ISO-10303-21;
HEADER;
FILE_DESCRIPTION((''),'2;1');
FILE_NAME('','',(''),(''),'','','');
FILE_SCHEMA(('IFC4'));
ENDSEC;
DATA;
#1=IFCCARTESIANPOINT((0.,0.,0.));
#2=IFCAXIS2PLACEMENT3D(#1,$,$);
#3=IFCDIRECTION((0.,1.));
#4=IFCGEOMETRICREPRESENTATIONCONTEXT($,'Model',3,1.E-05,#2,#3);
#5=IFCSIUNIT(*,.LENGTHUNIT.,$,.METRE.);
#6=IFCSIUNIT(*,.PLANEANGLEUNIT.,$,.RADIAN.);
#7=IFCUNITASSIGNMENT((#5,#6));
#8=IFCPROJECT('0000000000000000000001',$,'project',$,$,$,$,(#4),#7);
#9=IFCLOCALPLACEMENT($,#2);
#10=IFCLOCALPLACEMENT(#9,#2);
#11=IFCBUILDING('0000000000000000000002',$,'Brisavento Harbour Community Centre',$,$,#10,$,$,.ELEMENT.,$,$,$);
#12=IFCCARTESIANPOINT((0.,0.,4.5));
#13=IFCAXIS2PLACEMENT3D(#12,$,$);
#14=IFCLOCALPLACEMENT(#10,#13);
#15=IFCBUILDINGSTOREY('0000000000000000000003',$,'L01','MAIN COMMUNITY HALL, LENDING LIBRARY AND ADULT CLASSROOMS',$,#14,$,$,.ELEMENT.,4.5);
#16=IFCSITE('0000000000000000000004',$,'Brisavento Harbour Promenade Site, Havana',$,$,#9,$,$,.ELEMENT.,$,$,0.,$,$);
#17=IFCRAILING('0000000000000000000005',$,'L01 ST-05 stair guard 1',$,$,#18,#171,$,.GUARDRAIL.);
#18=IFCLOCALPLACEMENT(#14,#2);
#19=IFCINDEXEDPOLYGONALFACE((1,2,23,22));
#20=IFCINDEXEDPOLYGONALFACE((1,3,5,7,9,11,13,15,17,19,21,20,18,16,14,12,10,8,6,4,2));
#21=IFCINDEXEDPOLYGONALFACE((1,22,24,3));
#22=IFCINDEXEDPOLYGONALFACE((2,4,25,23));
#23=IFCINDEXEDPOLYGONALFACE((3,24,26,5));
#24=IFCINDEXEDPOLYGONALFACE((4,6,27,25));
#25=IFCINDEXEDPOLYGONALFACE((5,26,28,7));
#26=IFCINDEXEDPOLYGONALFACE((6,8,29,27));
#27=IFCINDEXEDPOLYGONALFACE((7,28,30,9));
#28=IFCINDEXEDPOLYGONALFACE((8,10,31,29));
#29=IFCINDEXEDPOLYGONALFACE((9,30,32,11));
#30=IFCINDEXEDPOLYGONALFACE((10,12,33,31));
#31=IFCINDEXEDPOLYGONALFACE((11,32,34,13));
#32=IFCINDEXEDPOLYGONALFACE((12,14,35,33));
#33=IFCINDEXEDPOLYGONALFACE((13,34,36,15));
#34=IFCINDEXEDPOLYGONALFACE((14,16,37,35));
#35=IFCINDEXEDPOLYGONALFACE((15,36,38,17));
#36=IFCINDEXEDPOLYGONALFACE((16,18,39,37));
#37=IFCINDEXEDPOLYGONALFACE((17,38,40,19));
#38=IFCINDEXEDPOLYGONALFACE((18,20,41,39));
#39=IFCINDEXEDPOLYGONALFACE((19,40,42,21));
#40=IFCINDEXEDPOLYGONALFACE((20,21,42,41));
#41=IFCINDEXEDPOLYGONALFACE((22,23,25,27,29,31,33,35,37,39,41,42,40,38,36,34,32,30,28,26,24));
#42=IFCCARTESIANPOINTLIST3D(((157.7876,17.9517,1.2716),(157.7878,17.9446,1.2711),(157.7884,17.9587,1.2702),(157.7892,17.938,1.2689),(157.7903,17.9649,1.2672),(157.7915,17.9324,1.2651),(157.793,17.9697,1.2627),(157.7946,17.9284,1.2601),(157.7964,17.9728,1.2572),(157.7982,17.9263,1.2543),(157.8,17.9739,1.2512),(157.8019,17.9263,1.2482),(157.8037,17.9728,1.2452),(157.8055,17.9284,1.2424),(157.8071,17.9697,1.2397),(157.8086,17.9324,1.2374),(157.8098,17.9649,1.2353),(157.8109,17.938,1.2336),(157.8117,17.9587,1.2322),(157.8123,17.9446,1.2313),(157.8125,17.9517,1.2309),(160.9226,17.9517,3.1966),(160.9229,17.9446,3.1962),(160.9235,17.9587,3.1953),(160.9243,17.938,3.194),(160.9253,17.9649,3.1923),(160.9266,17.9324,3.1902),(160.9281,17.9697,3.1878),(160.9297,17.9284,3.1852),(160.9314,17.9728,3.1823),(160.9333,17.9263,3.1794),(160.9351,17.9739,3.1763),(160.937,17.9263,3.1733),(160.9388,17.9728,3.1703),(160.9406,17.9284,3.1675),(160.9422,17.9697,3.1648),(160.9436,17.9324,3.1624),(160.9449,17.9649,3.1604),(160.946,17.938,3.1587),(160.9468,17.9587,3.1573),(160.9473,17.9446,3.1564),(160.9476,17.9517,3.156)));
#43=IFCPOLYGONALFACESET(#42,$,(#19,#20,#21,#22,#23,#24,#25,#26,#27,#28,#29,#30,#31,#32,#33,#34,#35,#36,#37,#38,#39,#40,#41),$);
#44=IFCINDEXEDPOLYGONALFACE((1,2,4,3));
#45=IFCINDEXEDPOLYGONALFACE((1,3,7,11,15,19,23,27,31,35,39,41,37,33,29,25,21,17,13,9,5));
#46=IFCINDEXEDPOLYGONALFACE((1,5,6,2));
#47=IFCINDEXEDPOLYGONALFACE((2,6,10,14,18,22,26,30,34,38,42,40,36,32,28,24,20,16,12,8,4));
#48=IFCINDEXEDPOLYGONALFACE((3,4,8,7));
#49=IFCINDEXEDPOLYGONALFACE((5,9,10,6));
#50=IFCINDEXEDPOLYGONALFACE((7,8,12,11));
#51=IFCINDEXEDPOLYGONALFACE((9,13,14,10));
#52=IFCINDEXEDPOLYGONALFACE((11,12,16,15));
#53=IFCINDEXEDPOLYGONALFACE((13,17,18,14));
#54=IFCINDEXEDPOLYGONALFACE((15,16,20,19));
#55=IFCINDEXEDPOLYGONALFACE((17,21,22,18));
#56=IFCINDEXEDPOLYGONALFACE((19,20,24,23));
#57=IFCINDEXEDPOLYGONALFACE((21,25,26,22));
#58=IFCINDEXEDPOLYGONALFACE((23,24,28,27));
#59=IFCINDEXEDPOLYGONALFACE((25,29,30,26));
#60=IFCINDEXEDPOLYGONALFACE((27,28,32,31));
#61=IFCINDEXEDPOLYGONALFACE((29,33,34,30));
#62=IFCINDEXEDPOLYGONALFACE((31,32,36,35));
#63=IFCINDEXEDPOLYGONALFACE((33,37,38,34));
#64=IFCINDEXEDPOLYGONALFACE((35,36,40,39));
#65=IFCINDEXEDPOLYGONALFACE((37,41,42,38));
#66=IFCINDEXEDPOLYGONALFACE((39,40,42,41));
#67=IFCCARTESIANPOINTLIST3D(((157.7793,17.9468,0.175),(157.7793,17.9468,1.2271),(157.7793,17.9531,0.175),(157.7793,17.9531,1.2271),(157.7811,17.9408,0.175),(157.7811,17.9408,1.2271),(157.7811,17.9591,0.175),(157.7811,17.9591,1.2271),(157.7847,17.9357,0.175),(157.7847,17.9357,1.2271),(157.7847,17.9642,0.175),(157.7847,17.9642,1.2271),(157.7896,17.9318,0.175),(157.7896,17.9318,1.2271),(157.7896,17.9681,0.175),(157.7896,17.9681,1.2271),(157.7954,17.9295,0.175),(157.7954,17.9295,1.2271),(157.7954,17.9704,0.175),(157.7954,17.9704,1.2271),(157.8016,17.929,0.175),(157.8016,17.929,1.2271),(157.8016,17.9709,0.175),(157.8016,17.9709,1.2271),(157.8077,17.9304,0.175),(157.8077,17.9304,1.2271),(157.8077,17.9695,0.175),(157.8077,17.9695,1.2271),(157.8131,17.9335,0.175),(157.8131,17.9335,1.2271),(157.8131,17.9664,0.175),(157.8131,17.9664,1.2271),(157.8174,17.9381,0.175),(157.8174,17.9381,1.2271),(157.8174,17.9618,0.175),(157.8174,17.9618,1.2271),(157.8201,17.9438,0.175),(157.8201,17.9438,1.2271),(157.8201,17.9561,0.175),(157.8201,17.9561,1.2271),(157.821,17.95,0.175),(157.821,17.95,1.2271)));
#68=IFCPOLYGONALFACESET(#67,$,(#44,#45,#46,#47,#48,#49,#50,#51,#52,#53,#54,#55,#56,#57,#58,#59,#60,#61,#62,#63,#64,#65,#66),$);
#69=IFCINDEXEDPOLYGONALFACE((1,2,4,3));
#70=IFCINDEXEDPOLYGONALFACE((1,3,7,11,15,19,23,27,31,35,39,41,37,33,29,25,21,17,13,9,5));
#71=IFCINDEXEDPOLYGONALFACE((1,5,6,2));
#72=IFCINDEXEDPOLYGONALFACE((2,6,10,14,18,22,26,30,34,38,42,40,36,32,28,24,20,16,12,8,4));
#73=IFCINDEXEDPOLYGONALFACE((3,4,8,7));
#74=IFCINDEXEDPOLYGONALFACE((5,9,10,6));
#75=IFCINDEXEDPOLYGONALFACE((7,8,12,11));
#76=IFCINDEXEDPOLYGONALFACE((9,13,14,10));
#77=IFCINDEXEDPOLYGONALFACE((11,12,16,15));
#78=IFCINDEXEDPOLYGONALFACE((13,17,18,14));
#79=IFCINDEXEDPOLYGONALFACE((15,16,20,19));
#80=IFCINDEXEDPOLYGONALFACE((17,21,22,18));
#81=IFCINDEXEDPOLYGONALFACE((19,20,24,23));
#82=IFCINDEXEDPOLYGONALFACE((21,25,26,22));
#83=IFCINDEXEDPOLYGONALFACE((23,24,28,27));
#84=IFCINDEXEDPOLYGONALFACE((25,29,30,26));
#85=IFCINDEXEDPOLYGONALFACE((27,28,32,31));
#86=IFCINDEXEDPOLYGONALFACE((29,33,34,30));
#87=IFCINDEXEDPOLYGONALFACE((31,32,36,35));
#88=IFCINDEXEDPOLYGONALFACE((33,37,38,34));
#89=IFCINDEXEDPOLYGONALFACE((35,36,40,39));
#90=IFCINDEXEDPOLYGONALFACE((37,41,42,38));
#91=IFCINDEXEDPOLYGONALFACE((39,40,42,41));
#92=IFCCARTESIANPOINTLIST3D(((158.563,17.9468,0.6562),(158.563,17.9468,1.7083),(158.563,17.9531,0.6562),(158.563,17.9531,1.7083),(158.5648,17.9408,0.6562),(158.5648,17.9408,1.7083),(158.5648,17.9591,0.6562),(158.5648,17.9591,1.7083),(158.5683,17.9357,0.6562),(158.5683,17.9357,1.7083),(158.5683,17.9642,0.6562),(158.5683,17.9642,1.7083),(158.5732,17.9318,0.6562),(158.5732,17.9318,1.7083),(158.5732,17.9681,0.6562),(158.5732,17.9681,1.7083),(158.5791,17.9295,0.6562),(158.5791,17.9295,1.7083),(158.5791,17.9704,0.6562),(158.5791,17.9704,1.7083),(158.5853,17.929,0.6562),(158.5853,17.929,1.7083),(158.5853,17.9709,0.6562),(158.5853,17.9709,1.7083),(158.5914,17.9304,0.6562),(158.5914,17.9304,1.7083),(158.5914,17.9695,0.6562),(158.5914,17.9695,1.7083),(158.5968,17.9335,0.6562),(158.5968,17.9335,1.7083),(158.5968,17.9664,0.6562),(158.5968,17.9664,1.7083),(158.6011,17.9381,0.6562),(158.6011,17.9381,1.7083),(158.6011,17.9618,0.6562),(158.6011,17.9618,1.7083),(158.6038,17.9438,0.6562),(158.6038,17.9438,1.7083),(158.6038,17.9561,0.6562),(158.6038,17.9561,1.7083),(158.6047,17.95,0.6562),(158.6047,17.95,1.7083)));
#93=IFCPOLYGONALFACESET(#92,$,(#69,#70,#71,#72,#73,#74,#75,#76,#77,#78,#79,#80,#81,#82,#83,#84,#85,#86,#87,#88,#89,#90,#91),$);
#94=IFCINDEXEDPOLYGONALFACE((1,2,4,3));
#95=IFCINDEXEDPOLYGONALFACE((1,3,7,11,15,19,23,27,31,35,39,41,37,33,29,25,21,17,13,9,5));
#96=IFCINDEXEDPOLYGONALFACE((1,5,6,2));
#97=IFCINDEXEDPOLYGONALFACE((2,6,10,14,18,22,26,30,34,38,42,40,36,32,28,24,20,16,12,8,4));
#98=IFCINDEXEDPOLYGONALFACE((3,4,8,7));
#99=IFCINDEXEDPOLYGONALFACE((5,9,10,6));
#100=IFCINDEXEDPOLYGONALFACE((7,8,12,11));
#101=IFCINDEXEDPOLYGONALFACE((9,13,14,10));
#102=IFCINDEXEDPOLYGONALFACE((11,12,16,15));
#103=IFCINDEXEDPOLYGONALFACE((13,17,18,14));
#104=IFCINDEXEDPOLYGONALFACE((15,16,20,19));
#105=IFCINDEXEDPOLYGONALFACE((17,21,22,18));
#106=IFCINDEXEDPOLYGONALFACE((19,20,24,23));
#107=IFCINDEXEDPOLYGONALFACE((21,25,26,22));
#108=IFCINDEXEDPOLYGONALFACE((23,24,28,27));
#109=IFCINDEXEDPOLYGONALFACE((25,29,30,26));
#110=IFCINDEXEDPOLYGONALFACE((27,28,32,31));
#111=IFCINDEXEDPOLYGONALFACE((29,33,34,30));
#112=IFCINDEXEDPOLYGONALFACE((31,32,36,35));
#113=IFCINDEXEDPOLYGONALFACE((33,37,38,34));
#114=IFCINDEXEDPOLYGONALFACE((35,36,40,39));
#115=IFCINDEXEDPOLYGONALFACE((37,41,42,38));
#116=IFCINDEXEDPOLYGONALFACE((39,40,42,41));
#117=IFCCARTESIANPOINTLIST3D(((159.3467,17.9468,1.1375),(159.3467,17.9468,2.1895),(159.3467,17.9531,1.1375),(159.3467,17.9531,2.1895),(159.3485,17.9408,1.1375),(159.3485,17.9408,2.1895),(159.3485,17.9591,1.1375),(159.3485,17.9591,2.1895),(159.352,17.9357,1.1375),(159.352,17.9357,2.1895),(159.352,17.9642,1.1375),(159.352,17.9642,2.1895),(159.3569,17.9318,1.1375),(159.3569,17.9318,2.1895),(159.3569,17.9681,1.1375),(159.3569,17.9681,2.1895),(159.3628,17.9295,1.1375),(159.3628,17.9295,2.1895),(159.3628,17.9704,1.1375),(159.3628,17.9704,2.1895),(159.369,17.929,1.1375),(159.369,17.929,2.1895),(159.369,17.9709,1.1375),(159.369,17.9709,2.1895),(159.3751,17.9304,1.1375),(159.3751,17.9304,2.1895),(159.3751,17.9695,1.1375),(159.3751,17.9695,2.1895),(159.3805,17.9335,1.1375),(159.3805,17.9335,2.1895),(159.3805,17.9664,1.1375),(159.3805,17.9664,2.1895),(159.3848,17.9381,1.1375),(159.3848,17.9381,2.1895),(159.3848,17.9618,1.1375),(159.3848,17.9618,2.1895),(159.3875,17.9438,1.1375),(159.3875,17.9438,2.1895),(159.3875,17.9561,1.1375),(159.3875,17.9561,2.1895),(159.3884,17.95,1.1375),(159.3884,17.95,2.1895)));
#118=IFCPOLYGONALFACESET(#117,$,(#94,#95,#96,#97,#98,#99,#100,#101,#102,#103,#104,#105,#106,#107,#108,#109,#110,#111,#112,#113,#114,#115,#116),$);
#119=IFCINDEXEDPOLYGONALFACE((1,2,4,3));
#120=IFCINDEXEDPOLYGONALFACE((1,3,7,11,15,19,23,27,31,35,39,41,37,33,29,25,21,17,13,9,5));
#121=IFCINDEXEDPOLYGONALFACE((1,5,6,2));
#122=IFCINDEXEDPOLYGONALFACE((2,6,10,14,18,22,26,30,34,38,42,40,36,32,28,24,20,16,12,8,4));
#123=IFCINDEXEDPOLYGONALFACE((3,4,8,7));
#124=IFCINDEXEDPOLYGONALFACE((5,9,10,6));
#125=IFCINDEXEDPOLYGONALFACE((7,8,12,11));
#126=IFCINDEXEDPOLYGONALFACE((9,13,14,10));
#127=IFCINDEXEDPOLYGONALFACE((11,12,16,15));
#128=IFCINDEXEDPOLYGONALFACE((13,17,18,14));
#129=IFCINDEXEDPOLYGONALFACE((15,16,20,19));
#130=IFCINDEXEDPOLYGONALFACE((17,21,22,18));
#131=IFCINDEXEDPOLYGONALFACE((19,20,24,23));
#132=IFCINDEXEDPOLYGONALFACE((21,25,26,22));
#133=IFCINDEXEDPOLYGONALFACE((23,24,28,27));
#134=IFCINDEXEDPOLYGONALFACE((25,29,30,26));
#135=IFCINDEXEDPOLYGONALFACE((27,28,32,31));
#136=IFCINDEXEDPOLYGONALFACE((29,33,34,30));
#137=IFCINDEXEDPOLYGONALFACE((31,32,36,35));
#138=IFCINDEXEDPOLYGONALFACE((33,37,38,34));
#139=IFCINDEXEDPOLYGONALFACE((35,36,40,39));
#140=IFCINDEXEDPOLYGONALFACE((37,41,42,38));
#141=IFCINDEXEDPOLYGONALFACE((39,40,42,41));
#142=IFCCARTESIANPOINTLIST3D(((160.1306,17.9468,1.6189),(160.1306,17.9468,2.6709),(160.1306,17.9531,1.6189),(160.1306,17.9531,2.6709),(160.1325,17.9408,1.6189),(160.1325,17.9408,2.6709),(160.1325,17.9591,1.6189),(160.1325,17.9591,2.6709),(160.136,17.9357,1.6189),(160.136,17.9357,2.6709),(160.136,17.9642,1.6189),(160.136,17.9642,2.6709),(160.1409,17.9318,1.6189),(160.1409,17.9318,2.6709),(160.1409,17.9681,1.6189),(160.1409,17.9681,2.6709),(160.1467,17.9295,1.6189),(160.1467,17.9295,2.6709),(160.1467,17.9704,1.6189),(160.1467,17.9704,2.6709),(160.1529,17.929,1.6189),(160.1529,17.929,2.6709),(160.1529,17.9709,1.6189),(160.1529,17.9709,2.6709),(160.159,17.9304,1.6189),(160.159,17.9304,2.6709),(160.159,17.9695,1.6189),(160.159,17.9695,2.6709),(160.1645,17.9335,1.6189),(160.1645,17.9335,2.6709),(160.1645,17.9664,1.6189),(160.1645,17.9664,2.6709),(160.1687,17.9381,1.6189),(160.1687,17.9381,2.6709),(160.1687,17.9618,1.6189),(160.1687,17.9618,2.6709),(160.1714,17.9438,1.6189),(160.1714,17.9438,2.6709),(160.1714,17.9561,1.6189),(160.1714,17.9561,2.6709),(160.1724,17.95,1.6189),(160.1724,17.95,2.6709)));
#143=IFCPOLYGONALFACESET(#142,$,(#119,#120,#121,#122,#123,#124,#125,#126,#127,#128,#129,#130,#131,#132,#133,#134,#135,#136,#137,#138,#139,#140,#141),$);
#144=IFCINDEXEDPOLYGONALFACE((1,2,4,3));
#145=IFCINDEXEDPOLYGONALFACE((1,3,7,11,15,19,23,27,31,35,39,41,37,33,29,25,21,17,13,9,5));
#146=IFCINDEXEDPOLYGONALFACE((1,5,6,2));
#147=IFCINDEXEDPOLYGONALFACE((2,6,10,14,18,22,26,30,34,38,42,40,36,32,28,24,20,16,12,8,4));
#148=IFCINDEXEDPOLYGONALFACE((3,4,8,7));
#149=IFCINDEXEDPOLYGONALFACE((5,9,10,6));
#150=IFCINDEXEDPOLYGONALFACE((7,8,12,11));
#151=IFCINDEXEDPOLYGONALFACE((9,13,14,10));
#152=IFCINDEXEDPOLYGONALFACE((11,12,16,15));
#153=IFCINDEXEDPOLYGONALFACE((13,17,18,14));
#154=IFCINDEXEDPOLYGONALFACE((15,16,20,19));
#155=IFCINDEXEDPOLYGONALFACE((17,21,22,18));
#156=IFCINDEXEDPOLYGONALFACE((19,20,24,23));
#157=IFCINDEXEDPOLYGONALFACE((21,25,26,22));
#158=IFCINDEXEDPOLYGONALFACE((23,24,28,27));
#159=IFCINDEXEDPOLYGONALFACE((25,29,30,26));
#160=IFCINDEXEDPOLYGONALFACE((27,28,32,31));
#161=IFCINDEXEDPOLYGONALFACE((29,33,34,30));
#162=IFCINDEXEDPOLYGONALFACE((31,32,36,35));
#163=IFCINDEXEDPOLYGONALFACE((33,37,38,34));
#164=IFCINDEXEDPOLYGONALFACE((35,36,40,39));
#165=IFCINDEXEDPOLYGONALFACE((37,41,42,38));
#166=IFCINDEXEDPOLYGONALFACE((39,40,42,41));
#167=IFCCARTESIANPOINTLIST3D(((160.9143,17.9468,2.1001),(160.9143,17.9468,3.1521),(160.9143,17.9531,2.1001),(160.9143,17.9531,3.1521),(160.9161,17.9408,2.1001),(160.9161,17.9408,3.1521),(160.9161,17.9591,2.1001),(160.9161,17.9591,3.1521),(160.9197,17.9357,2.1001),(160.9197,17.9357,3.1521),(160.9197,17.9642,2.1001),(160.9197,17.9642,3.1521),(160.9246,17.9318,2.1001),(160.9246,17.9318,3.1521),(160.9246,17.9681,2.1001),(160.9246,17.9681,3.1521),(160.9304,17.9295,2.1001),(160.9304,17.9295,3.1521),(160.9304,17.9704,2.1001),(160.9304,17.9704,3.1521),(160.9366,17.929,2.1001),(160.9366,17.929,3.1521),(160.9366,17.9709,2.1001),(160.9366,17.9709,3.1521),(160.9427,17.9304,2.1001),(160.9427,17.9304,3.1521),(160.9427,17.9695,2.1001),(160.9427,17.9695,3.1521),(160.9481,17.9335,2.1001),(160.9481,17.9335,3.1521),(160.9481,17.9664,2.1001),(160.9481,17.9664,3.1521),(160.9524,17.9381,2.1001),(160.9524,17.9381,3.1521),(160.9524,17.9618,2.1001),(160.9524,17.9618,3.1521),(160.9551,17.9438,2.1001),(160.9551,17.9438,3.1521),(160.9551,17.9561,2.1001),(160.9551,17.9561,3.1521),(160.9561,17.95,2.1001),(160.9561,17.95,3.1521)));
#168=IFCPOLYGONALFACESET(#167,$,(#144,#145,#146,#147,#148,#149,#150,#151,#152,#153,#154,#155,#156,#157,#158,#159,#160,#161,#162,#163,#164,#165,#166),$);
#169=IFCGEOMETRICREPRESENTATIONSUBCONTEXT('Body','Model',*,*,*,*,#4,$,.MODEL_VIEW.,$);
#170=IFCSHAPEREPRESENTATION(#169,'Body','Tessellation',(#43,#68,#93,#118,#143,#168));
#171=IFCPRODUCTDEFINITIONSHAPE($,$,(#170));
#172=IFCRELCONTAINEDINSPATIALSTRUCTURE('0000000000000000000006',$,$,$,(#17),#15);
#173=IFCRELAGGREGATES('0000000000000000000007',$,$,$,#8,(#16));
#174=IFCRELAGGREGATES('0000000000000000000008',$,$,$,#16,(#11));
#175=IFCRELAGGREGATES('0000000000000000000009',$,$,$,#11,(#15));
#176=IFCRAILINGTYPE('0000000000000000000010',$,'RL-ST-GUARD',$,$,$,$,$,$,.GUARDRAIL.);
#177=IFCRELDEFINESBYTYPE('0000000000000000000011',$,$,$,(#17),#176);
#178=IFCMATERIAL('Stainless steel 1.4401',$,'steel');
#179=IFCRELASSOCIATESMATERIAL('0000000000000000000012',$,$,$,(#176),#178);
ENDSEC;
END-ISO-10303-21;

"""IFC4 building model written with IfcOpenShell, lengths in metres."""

from ifc_helpers import new_model, si_unit, direction, frame, origin, origin_2d, place, context, subcontext, project, spatial, circle, extrude, material, type_object, element, save


model = new_model("IFC4")

# Units and contexts
model_context = context("Model", 3, precision=1e-05, world=origin(), true_north=direction((0.0, 1.0)))
body_context = subcontext(model_context, "Body", "Model", "MODEL_VIEW")
ifc_project = project(units=[si_unit("LENGTHUNIT", "METRE"), si_unit("PLANEANGLEUNIT", "RADIAN")], contexts=[model_context])

# Site, building, storey
site_placement = place(None, origin())
site = spatial("IfcSite", under=ifc_project, at=site_placement, Name="Brisavento Harbour Promenade Site, Havana", CompositionType="ELEMENT", RefElevation=0.0)
building_placement = place(site_placement, origin())
building = spatial("IfcBuilding", under=site, at=building_placement, Name="Brisavento Harbour Community Centre", CompositionType="ELEMENT")
storey_placement = place(building_placement, frame((0.0, 0.0, 4.5)))
storey = spatial("IfcBuildingStorey", under=building, at=storey_placement, Name="L01", Description="MAIN COMMUNITY HALL, LENDING LIBRARY AND ADULT CLASSROOMS", CompositionType="ELEMENT", Elevation=4.5)

# Railing
ifc_material_1 = material(Name="Stainless steel 1.4401", Category="steel")
railing_type_1 = type_object("IfcRailingType", Name="RL-ST-GUARD", PredefinedType="GUARDRAIL", material=ifc_material_1)
railing_1_placement = place(storey_placement, frame((157.8, 17.95, 0.175)))
element("IfcRailing", 1, at=railing_1_placement, inside=storey, type_object=railing_type_1, Name="L01 ST-05 stair guard 1", PredefinedType="GUARDRAIL", context=body_context, shape_type="SweptSolid", body=[
    extrude(circle(Radius=0.0239, at=origin_2d()), frame((0.0, 0.0, 1.0762), z_axis=(0.852166, 0.0, 0.523271), x_axis=(0.0, 1.0, 0.0)), (0.0, 0.0, 1.0), 3.679),
    extrude(circle(Radius=0.021, at=origin_2d()), origin(), (0.0, 0.0, 1.0), 1.052),
    extrude(circle(Radius=0.021, at=origin_2d()), frame((0.7837, 0.0, 0.4812)), (0.0, 0.0, 1.0), 1.052),
    extrude(circle(Radius=0.021, at=origin_2d()), frame((1.5674, 0.0, 0.9624)), (0.0, 0.0, 1.0), 1.052),
    extrude(circle(Radius=0.021, at=origin_2d()), frame((2.3513, 0.0, 1.4438)), (0.0, 0.0, 1.0), 1.052),
    extrude(circle(Radius=0.021, at=origin_2d()), frame((3.135, 0.0, 1.925)), (0.0, 0.0, 1.0), 1.052),
])

save(model, "model.ifc")
